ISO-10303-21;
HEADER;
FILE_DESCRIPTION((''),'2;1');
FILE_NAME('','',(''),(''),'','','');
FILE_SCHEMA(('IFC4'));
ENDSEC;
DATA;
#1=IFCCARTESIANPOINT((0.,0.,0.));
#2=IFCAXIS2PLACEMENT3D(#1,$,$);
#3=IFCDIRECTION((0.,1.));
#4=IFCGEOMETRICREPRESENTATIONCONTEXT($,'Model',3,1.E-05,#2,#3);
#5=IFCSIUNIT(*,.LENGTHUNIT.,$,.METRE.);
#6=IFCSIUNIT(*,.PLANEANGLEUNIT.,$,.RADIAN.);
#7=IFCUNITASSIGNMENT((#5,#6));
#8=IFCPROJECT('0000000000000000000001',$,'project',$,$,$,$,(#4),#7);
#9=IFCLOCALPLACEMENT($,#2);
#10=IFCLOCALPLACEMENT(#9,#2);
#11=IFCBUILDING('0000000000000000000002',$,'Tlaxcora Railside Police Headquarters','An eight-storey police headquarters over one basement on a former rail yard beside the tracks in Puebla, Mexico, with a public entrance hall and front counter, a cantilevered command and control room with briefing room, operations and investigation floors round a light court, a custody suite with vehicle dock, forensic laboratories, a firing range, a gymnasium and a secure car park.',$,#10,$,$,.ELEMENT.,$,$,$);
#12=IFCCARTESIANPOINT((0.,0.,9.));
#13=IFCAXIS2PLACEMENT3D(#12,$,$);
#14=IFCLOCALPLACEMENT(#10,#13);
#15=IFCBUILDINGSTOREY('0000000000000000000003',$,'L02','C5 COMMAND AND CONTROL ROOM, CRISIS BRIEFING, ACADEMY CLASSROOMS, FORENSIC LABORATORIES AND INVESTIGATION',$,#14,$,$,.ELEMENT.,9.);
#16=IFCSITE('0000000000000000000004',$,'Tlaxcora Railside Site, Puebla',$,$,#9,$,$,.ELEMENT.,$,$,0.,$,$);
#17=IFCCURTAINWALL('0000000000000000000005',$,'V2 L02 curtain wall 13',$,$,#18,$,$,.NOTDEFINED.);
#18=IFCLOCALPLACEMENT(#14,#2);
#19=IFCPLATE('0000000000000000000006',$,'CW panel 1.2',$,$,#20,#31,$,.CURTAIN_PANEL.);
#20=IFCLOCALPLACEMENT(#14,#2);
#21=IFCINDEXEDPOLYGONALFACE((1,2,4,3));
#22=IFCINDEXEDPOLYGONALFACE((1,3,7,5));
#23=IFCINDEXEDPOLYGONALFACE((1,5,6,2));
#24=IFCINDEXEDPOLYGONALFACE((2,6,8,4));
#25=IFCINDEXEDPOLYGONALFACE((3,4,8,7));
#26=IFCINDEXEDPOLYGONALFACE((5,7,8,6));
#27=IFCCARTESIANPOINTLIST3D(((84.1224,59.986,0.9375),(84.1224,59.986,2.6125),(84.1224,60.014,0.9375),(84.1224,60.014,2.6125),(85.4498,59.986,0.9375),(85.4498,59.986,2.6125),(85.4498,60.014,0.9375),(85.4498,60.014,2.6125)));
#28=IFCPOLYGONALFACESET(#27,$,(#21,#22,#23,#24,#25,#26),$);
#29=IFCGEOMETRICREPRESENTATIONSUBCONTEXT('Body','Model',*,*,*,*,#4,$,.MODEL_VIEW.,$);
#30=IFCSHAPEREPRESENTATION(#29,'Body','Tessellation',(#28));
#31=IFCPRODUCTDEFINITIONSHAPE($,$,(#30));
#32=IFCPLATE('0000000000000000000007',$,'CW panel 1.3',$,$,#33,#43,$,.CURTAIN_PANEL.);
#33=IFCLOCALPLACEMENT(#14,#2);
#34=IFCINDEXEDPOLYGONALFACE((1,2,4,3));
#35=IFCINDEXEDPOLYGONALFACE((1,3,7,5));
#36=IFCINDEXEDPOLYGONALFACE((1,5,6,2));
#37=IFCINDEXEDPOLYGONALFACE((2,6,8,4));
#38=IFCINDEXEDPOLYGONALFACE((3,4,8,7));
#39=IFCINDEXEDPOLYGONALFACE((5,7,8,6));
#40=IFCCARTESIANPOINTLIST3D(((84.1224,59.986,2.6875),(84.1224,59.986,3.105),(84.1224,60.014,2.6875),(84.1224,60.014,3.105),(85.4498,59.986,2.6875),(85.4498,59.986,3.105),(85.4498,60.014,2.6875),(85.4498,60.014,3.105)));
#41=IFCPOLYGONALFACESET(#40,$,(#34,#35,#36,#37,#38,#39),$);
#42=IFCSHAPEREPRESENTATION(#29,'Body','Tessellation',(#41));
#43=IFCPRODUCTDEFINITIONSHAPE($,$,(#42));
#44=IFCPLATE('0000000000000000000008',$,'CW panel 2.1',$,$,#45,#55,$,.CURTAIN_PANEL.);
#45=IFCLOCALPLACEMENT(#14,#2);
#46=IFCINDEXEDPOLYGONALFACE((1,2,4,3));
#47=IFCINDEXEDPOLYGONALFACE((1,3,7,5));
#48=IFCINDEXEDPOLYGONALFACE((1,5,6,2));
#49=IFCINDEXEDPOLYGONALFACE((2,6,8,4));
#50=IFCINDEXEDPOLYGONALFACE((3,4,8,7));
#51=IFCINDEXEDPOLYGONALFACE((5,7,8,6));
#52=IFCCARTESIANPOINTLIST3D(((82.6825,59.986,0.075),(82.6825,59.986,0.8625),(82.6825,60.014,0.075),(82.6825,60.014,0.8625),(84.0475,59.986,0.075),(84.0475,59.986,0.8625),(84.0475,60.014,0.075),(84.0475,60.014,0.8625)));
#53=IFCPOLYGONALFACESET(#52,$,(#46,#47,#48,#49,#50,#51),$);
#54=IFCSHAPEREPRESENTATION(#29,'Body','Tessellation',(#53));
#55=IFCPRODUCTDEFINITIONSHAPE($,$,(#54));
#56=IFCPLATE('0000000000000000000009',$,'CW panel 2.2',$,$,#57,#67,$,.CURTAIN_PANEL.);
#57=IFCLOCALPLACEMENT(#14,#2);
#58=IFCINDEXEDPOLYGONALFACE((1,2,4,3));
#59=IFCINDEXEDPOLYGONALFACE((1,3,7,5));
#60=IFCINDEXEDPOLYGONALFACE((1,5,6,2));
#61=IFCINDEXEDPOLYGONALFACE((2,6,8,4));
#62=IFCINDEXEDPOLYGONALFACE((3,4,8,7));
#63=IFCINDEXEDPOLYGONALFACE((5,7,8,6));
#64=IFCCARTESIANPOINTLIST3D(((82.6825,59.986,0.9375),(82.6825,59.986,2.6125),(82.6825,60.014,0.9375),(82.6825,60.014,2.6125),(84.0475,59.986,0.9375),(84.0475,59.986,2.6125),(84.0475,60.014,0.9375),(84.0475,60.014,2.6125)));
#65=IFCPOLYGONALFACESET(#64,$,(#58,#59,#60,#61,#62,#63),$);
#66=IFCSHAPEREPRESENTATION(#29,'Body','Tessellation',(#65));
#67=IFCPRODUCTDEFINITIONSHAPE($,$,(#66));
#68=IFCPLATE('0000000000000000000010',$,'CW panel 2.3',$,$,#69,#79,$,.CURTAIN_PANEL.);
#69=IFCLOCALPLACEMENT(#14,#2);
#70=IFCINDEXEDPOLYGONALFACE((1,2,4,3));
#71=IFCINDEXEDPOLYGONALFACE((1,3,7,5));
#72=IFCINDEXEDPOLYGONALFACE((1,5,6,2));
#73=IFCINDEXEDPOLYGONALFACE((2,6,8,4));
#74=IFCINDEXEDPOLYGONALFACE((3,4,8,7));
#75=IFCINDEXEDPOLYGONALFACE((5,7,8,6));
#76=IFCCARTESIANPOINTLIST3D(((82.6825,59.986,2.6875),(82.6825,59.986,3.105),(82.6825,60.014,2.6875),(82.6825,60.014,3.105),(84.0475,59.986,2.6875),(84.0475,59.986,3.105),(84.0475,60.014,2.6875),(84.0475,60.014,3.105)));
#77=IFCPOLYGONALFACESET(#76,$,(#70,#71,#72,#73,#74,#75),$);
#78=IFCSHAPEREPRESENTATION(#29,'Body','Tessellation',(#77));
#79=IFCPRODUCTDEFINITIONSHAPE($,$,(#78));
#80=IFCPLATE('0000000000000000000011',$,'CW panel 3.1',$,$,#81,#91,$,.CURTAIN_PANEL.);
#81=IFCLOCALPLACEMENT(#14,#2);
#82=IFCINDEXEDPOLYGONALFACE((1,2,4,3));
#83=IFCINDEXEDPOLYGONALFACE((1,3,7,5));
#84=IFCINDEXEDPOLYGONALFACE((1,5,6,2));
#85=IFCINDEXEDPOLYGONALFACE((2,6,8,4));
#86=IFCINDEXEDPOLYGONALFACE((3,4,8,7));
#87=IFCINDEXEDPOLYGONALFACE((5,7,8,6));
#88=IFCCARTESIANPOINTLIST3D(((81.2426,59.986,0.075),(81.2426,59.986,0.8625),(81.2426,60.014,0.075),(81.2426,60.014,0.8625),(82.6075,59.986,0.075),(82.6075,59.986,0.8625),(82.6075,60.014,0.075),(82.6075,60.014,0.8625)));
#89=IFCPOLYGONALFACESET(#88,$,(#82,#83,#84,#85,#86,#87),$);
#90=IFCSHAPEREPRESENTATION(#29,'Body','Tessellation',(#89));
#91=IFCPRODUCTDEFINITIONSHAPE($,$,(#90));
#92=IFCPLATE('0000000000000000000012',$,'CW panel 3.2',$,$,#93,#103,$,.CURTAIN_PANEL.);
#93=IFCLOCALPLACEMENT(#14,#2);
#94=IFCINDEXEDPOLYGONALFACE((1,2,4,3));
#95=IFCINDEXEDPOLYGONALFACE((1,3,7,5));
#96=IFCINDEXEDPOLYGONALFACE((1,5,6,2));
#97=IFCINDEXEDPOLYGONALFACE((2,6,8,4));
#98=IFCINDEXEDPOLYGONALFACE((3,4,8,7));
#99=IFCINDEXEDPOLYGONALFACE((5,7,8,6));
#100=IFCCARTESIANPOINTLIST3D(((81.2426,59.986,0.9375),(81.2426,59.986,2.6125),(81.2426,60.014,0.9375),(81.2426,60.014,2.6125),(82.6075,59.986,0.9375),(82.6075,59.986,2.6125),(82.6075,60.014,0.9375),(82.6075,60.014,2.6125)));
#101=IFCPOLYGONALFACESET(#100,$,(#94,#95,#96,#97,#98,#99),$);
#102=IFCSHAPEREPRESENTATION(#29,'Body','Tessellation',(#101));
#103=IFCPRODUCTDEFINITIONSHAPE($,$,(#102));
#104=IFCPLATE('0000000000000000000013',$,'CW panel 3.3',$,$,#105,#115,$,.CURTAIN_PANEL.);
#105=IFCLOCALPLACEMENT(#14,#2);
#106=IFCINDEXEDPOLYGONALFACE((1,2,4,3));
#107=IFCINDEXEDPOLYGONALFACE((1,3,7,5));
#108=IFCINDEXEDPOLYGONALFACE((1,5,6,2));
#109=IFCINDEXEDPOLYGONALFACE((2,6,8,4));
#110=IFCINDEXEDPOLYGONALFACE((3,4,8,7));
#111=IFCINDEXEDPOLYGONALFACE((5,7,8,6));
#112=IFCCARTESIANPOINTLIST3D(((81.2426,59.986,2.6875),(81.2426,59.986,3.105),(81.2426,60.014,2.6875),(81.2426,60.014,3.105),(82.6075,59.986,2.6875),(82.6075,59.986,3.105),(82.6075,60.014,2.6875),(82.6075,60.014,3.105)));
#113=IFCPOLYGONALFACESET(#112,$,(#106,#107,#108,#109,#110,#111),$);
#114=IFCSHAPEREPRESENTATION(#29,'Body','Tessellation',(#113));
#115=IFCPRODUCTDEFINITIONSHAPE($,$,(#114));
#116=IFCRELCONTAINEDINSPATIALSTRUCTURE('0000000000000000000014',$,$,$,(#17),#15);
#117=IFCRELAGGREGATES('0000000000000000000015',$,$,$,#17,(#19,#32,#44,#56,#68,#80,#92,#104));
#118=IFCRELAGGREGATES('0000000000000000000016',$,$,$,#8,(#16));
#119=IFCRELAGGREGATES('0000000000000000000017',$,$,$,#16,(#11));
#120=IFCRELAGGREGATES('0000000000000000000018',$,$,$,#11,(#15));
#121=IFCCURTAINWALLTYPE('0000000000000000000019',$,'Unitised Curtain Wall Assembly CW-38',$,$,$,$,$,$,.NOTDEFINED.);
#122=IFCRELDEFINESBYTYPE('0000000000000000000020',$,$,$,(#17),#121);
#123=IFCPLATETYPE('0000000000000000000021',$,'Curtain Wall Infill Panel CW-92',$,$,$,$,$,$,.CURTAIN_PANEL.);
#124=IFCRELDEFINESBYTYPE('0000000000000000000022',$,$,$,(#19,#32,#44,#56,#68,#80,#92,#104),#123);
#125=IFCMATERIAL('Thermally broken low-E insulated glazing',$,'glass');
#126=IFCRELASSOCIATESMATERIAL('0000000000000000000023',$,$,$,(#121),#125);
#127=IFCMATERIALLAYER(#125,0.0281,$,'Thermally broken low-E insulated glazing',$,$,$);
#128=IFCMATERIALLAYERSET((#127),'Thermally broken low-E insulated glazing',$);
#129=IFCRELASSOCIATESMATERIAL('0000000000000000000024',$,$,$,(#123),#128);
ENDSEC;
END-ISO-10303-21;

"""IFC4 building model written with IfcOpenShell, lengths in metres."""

from ifc_helpers import new_model, si_unit, direction, frame, origin, origin_2d, place, context, subcontext, project, spatial, rectangle, extrude, material, layer, layer_set, type_object, element, aggregate, save


model = new_model("IFC4")

# Units and contexts
model_context = context("Model", 3, precision=1e-05, world=origin(), true_north=direction((0.0, 1.0)))
body_context = subcontext(model_context, "Body", "Model", "MODEL_VIEW")
ifc_project = project(units=[si_unit("LENGTHUNIT", "METRE"), si_unit("PLANEANGLEUNIT", "RADIAN")], contexts=[model_context])

# Site, building, storey
site_placement = place(None, origin())
site = spatial("IfcSite", under=ifc_project, at=site_placement, Name="Tlaxcora Railside Site, Puebla", CompositionType="ELEMENT", RefElevation=0.0)
building_placement = place(site_placement, origin())
building = spatial("IfcBuilding", under=site, at=building_placement, Name="Tlaxcora Railside Police Headquarters", Description="An eight-storey police headquarters over one basement on a former rail yard beside the tracks in Puebla, Mexico, with a public entrance hall and front counter, a cantilevered command and control room with briefing room, operations and investigation floors round a light court, a custody suite with vehicle dock, forensic laboratories, a firing range, a gymnasium and a secure car park.", CompositionType="ELEMENT")
storey_placement = place(building_placement, frame((0.0, 0.0, 9.0)))
storey = spatial("IfcBuildingStorey", under=building, at=storey_placement, Name="L02", Description="C5 COMMAND AND CONTROL ROOM, CRISIS BRIEFING, ACADEMY CLASSROOMS, FORENSIC LABORATORIES AND INVESTIGATION", CompositionType="ELEMENT", Elevation=9.0)

# Curtain wall, plates
ifc_material_1 = material(Name="Thermally broken low-E insulated glazing", Category="glass")
curtain_wall_type = type_object("IfcCurtainWallType", Name="Unitised Curtain Wall Assembly CW-38", PredefinedType="NOTDEFINED", material=ifc_material_1)
curtain_wall_placement = place(storey_placement, origin())
curtain_wall = element("IfcCurtainWall", 1, at=curtain_wall_placement, inside=storey, type_object=curtain_wall_type, Name="V2 L02 curtain wall 13", PredefinedType="NOTDEFINED")
ifc_layer = layer(ifc_material_1, 0.0281, Name="Thermally broken low-E insulated glazing")
ifc_layer_set = layer_set([ifc_layer], Name="Thermally broken low-E insulated glazing")
plate_type = type_object("IfcPlateType", Name="Curtain Wall Infill Panel CW-92", PredefinedType="CURTAIN_PANEL", material=ifc_layer_set)
plate_1_placement = place(storey_placement, frame((84.7861, 60.0, 0.9375), z_axis=(0.0, 0.0, 1.0), x_axis=(-1.0, 0.0, 0.0)))
plate_1 = element("IfcPlate", 2, at=plate_1_placement, type_object=plate_type, Name="CW panel 1.2", PredefinedType="CURTAIN_PANEL", context=body_context, shape_type="SweptSolid", body=[
    extrude(rectangle(XDim=1.3274, YDim=0.0281, at=origin_2d()), origin(), (0.0, 0.0, 1.0), 1.675),
])
plate_2_placement = place(storey_placement, frame((84.7861, 60.0, 2.6875), z_axis=(0.0, 0.0, 1.0), x_axis=(-1.0, 0.0, 0.0)))
plate_2 = element("IfcPlate", 3, at=plate_2_placement, type_object=plate_type, Name="CW panel 1.3", PredefinedType="CURTAIN_PANEL", context=body_context, shape_type="SweptSolid", body=[
    extrude(rectangle(XDim=1.3274, YDim=0.0281, at=origin_2d()), origin(), (0.0, 0.0, 1.0), 0.4175),
])
plate_3_placement = place(storey_placement, frame((83.365, 60.0, 0.075), z_axis=(0.0, 0.0, 1.0), x_axis=(-1.0, 0.0, 0.0)))
plate_3 = element("IfcPlate", 4, at=plate_3_placement, type_object=plate_type, Name="CW panel 2.1", PredefinedType="CURTAIN_PANEL", context=body_context, shape_type="SweptSolid", body=[
    extrude(rectangle(XDim=1.365, YDim=0.0281, at=origin_2d()), origin(), (0.0, 0.0, 1.0), 0.7876),
])
plate_4_placement = place(storey_placement, frame((83.365, 60.0, 0.9375), z_axis=(0.0, 0.0, 1.0), x_axis=(-1.0, 0.0, 0.0)))
plate_4 = element("IfcPlate", 5, at=plate_4_placement, type_object=plate_type, Name="CW panel 2.2", PredefinedType="CURTAIN_PANEL", context=body_context, shape_type="SweptSolid", body=[
    extrude(rectangle(XDim=1.365, YDim=0.0281, at=origin_2d()), origin(), (0.0, 0.0, 1.0), 1.675),
])
plate_5_placement = place(storey_placement, frame((83.365, 60.0, 2.6875), z_axis=(0.0, 0.0, 1.0), x_axis=(-1.0, 0.0, 0.0)))
plate_5 = element("IfcPlate", 6, at=plate_5_placement, type_object=plate_type, Name="CW panel 2.3", PredefinedType="CURTAIN_PANEL", context=body_context, shape_type="SweptSolid", body=[
    extrude(rectangle(XDim=1.365, YDim=0.0281, at=origin_2d()), origin(), (0.0, 0.0, 1.0), 0.4175),
])
plate_6_placement = place(storey_placement, frame((81.925, 60.0, 0.075), z_axis=(0.0, 0.0, 1.0), x_axis=(-1.0, 0.0, 0.0)))
plate_6 = element("IfcPlate", 7, at=plate_6_placement, type_object=plate_type, Name="CW panel 3.1", PredefinedType="CURTAIN_PANEL", context=body_context, shape_type="SweptSolid", body=[
    extrude(rectangle(XDim=1.365, YDim=0.0281, at=origin_2d()), origin(), (0.0, 0.0, 1.0), 0.7876),
])
plate_7_placement = place(storey_placement, frame((81.925, 60.0, 0.9375), z_axis=(0.0, 0.0, 1.0), x_axis=(-1.0, 0.0, 0.0)))
plate_7 = element("IfcPlate", 8, at=plate_7_placement, type_object=plate_type, Name="CW panel 3.2", PredefinedType="CURTAIN_PANEL", context=body_context, shape_type="SweptSolid", body=[
    extrude(rectangle(XDim=1.365, YDim=0.0281, at=origin_2d()), origin(), (0.0, 0.0, 1.0), 1.675),
])
plate_8_placement = place(storey_placement, frame((81.925, 60.0, 2.6875), z_axis=(0.0, 0.0, 1.0), x_axis=(-1.0, 0.0, 0.0)))
plate_8 = element("IfcPlate", 9, at=plate_8_placement, type_object=plate_type, Name="CW panel 3.3", PredefinedType="CURTAIN_PANEL", context=body_context, shape_type="SweptSolid", body=[
    extrude(rectangle(XDim=1.365, YDim=0.0281, at=origin_2d()), origin(), (0.0, 0.0, 1.0), 0.4175),
])
aggregate(curtain_wall, [plate_1, plate_2, plate_3, plate_4, plate_5, plate_6, plate_7, plate_8])

save(model, "model.ifc")
